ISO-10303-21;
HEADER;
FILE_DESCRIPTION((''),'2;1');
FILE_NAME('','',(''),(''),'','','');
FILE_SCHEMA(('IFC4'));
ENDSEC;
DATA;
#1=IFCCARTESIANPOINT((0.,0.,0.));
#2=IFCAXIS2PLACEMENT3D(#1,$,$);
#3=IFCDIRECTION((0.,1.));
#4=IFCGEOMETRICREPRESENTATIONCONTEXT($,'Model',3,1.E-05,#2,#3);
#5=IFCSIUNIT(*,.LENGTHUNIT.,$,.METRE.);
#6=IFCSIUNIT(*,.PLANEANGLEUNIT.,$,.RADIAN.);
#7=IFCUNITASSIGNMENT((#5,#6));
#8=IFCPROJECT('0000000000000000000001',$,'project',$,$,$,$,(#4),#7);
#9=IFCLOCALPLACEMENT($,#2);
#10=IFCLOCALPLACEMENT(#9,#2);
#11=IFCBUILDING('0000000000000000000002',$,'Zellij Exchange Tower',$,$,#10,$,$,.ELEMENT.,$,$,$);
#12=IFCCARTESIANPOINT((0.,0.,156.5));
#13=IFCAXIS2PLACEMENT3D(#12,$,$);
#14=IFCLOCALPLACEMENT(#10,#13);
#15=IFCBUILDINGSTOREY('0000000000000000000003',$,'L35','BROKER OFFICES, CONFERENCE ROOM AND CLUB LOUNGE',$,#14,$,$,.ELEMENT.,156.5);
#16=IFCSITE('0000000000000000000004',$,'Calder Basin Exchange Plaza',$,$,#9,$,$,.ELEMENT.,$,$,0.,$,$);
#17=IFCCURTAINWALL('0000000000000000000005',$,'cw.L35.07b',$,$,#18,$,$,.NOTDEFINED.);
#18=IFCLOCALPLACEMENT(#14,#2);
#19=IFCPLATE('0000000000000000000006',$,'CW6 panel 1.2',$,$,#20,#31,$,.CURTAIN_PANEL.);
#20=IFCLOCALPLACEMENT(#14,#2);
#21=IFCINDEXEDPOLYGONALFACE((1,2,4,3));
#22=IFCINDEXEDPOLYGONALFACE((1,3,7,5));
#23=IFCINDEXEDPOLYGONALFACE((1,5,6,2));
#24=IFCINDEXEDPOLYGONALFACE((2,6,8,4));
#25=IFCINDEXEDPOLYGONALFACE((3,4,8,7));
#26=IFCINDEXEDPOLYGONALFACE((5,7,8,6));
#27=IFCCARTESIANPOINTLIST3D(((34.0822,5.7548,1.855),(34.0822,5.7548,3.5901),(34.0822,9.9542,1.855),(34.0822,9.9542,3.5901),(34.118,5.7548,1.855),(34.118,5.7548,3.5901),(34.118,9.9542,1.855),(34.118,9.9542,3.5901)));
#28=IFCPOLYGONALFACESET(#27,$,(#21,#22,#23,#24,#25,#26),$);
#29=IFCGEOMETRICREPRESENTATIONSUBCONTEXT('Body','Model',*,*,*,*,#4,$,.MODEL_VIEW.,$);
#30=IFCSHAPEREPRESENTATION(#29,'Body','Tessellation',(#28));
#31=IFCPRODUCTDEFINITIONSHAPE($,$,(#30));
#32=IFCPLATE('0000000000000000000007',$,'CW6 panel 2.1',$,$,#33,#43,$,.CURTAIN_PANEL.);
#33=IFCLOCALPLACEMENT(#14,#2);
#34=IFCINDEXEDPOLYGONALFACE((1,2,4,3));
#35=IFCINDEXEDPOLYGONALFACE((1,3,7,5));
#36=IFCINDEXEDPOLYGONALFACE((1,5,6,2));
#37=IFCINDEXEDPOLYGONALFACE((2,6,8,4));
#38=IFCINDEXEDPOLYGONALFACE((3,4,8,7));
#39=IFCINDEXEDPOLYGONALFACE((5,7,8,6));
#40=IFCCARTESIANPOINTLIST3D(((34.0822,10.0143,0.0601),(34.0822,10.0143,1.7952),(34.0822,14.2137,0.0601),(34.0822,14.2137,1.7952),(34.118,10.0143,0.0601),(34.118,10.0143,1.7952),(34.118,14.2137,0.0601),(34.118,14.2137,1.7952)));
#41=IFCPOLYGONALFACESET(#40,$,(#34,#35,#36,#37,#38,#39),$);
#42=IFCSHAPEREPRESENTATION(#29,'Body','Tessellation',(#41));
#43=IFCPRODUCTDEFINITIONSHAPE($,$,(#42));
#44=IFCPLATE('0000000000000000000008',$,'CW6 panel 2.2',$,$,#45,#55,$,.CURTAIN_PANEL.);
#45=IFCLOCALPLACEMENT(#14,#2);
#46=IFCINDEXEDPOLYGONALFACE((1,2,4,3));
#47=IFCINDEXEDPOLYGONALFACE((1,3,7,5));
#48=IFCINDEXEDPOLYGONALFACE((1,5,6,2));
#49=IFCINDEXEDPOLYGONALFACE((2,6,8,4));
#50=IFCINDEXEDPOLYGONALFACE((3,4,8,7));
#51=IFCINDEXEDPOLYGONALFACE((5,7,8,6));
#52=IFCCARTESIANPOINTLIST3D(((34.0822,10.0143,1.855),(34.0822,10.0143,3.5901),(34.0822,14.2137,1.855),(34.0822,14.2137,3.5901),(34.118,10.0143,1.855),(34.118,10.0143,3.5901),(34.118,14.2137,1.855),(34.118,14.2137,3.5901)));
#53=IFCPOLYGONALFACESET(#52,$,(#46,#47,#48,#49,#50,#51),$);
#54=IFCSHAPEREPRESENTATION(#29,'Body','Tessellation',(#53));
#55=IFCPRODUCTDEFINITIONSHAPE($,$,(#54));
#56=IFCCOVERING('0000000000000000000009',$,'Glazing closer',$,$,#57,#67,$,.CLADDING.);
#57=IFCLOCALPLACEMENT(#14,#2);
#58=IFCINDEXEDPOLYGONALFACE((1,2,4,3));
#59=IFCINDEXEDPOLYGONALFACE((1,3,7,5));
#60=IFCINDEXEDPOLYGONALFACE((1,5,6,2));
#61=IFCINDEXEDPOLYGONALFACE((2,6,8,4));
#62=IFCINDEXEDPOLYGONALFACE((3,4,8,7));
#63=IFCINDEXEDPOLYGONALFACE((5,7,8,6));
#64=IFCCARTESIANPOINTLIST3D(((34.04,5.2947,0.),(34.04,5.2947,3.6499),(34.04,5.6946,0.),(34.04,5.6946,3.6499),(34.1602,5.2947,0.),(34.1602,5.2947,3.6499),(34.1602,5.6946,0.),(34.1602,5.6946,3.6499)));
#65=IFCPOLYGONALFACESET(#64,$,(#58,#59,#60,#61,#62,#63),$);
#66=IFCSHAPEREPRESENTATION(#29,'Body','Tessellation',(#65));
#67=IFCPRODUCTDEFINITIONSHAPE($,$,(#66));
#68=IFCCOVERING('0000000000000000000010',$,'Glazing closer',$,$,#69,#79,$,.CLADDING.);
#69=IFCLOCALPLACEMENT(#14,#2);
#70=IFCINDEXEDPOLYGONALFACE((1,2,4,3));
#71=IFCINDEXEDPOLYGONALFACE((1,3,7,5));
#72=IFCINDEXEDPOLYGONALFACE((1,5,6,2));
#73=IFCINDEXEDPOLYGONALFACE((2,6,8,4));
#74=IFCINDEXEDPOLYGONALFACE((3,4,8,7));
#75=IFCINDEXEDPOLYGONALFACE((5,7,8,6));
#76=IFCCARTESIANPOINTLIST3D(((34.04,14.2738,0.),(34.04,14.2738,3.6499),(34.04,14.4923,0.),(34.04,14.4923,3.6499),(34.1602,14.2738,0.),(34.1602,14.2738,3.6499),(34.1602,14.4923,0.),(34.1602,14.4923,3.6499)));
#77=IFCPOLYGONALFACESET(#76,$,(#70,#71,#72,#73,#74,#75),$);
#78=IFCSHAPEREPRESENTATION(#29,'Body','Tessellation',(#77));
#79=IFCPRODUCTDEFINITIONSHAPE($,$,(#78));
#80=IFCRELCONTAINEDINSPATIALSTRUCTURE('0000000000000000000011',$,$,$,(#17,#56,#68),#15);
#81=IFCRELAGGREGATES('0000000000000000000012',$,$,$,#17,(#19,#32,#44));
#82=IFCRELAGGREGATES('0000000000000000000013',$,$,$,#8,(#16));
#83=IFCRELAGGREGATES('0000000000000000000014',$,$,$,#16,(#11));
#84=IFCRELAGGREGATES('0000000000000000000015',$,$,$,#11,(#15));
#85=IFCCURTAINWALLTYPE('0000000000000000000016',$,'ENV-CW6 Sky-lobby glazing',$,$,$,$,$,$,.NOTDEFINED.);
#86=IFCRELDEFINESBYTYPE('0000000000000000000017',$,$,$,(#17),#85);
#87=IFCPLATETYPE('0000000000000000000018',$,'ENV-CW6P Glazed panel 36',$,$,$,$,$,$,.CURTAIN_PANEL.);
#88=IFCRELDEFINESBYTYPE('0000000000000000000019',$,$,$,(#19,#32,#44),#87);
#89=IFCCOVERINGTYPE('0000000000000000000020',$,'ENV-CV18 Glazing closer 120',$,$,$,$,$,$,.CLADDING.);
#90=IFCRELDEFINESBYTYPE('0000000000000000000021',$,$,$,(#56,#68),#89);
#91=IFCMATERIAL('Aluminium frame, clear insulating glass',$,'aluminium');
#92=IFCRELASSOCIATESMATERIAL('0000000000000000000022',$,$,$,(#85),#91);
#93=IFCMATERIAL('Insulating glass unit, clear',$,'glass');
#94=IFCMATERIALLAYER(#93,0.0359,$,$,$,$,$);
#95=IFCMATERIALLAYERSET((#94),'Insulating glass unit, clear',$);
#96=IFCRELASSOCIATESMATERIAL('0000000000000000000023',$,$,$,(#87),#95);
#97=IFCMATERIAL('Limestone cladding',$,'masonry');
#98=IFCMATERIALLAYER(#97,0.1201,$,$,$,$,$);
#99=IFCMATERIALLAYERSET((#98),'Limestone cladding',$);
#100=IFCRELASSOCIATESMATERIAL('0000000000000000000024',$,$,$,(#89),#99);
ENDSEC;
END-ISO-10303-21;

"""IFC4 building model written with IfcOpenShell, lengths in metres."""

from ifc_helpers import new_model, si_unit, direction, frame, origin, origin_2d, place, context, subcontext, project, spatial, rectangle, extrude, material, layer, layer_set, type_object, element, aggregate, save


model = new_model("IFC4")

# Units and contexts
model_context = context("Model", 3, precision=1e-05, world=origin(), true_north=direction((0.0, 1.0)))
body_context = subcontext(model_context, "Body", "Model", "MODEL_VIEW")
ifc_project = project(units=[si_unit("LENGTHUNIT", "METRE"), si_unit("PLANEANGLEUNIT", "RADIAN")], contexts=[model_context])

# Site, building, storey
site_placement = place(None, origin())
site = spatial("IfcSite", under=ifc_project, at=site_placement, Name="Calder Basin Exchange Plaza", CompositionType="ELEMENT", RefElevation=0.0)
building_placement = place(site_placement, origin())
building = spatial("IfcBuilding", under=site, at=building_placement, Name="Zellij Exchange Tower", CompositionType="ELEMENT")
storey_placement = place(building_placement, frame((0.0, 0.0, 156.5)))
storey = spatial("IfcBuildingStorey", under=building, at=storey_placement, Name="L35", Description="BROKER OFFICES, CONFERENCE ROOM AND CLUB LOUNGE", CompositionType="ELEMENT", Elevation=156.5)

# Shared definitions
ifc_material_1 = material(Name="Aluminium frame, clear insulating glass", Category="aluminium")
curtain_wall_type = type_object("IfcCurtainWallType", Name="ENV-CW6 Sky-lobby glazing", PredefinedType="NOTDEFINED", material=ifc_material_1)

# Curtain wall
curtain_wall_1_placement = place(storey_placement, origin())
curtain_wall_1 = element("IfcCurtainWall", 1, at=curtain_wall_1_placement, inside=storey, type_object=curtain_wall_type, Name="cw.L35.07b", PredefinedType="NOTDEFINED")

# Plates
ifc_material_2 = material(Name="Insulating glass unit, clear", Category="glass")
ifc_layer_1 = layer(ifc_material_2, 0.0359)
ifc_layer_set_1 = layer_set([ifc_layer_1], Name="Insulating glass unit, clear")
plate_type = type_object("IfcPlateType", Name="ENV-CW6P Glazed panel 36", PredefinedType="CURTAIN_PANEL", material=ifc_layer_set_1)
plate_1_placement = place(storey_placement, frame((34.1001, 7.8545, 1.855), z_axis=(0.0, 0.0, 1.0), x_axis=(0.0, 1.0, 0.0)))
plate_1 = element("IfcPlate", 2, at=plate_1_placement, type_object=plate_type, Name="CW6 panel 1.2", PredefinedType="CURTAIN_PANEL", context=body_context, shape_type="SweptSolid", body=[
    extrude(rectangle(XDim=4.1995, YDim=0.0359, at=origin_2d()), origin(), (0.0, 0.0, 1.0), 1.7351),
])
plate_2_placement = place(storey_placement, frame((34.1001, 12.114, 0.0601), z_axis=(0.0, 0.0, 1.0), x_axis=(0.0, 1.0, 0.0)))
plate_2 = element("IfcPlate", 3, at=plate_2_placement, type_object=plate_type, Name="CW6 panel 2.1", PredefinedType="CURTAIN_PANEL", context=body_context, shape_type="SweptSolid", body=[
    extrude(rectangle(XDim=4.1995, YDim=0.0359, at=origin_2d()), origin(), (0.0, 0.0, 1.0), 1.7351),
])
plate_3_placement = place(storey_placement, frame((34.1001, 12.114, 1.855), z_axis=(0.0, 0.0, 1.0), x_axis=(0.0, 1.0, 0.0)))
plate_3 = element("IfcPlate", 4, at=plate_3_placement, type_object=plate_type, Name="CW6 panel 2.2", PredefinedType="CURTAIN_PANEL", context=body_context, shape_type="SweptSolid", body=[
    extrude(rectangle(XDim=4.1995, YDim=0.0359, at=origin_2d()), origin(), (0.0, 0.0, 1.0), 1.7351),
])
aggregate(curtain_wall_1, [plate_1, plate_2, plate_3])

# Coverings
ifc_material_3 = material(Name="Limestone cladding", Category="masonry")
ifc_layer_2 = layer(ifc_material_3, 0.1201)
ifc_layer_set_2 = layer_set([ifc_layer_2], Name="Limestone cladding")
covering_type = type_object("IfcCoveringType", Name="ENV-CV18 Glazing closer 120", PredefinedType="CLADDING", material=ifc_layer_set_2)
covering_1_placement = place(storey_placement, frame((34.1001, 5.4946, 0.0), z_axis=(0.0, 0.0, 1.0), x_axis=(0.0, 1.0, 0.0)))
element("IfcCovering", 5, at=covering_1_placement, inside=storey, type_object=covering_type, Name="Glazing closer", PredefinedType="CLADDING", context=body_context, shape_type="SweptSolid", body=[
    extrude(rectangle(XDim=0.3999, YDim=0.1201, at=origin_2d()), origin(), (0.0, 0.0, 1.0), 3.6499),
])
covering_2_placement = place(storey_placement, frame((34.1001, 14.3831, 0.0), z_axis=(0.0, 0.0, 1.0), x_axis=(0.0, 1.0, 0.0)))
element("IfcCovering", 6, at=covering_2_placement, inside=storey, type_object=covering_type, Name="Glazing closer", PredefinedType="CLADDING", context=body_context, shape_type="SweptSolid", body=[
    extrude(rectangle(XDim=0.2185, YDim=0.1201, at=origin_2d()), origin(), (0.0, 0.0, 1.0), 3.6499),
])

save(model, "model.ifc")
